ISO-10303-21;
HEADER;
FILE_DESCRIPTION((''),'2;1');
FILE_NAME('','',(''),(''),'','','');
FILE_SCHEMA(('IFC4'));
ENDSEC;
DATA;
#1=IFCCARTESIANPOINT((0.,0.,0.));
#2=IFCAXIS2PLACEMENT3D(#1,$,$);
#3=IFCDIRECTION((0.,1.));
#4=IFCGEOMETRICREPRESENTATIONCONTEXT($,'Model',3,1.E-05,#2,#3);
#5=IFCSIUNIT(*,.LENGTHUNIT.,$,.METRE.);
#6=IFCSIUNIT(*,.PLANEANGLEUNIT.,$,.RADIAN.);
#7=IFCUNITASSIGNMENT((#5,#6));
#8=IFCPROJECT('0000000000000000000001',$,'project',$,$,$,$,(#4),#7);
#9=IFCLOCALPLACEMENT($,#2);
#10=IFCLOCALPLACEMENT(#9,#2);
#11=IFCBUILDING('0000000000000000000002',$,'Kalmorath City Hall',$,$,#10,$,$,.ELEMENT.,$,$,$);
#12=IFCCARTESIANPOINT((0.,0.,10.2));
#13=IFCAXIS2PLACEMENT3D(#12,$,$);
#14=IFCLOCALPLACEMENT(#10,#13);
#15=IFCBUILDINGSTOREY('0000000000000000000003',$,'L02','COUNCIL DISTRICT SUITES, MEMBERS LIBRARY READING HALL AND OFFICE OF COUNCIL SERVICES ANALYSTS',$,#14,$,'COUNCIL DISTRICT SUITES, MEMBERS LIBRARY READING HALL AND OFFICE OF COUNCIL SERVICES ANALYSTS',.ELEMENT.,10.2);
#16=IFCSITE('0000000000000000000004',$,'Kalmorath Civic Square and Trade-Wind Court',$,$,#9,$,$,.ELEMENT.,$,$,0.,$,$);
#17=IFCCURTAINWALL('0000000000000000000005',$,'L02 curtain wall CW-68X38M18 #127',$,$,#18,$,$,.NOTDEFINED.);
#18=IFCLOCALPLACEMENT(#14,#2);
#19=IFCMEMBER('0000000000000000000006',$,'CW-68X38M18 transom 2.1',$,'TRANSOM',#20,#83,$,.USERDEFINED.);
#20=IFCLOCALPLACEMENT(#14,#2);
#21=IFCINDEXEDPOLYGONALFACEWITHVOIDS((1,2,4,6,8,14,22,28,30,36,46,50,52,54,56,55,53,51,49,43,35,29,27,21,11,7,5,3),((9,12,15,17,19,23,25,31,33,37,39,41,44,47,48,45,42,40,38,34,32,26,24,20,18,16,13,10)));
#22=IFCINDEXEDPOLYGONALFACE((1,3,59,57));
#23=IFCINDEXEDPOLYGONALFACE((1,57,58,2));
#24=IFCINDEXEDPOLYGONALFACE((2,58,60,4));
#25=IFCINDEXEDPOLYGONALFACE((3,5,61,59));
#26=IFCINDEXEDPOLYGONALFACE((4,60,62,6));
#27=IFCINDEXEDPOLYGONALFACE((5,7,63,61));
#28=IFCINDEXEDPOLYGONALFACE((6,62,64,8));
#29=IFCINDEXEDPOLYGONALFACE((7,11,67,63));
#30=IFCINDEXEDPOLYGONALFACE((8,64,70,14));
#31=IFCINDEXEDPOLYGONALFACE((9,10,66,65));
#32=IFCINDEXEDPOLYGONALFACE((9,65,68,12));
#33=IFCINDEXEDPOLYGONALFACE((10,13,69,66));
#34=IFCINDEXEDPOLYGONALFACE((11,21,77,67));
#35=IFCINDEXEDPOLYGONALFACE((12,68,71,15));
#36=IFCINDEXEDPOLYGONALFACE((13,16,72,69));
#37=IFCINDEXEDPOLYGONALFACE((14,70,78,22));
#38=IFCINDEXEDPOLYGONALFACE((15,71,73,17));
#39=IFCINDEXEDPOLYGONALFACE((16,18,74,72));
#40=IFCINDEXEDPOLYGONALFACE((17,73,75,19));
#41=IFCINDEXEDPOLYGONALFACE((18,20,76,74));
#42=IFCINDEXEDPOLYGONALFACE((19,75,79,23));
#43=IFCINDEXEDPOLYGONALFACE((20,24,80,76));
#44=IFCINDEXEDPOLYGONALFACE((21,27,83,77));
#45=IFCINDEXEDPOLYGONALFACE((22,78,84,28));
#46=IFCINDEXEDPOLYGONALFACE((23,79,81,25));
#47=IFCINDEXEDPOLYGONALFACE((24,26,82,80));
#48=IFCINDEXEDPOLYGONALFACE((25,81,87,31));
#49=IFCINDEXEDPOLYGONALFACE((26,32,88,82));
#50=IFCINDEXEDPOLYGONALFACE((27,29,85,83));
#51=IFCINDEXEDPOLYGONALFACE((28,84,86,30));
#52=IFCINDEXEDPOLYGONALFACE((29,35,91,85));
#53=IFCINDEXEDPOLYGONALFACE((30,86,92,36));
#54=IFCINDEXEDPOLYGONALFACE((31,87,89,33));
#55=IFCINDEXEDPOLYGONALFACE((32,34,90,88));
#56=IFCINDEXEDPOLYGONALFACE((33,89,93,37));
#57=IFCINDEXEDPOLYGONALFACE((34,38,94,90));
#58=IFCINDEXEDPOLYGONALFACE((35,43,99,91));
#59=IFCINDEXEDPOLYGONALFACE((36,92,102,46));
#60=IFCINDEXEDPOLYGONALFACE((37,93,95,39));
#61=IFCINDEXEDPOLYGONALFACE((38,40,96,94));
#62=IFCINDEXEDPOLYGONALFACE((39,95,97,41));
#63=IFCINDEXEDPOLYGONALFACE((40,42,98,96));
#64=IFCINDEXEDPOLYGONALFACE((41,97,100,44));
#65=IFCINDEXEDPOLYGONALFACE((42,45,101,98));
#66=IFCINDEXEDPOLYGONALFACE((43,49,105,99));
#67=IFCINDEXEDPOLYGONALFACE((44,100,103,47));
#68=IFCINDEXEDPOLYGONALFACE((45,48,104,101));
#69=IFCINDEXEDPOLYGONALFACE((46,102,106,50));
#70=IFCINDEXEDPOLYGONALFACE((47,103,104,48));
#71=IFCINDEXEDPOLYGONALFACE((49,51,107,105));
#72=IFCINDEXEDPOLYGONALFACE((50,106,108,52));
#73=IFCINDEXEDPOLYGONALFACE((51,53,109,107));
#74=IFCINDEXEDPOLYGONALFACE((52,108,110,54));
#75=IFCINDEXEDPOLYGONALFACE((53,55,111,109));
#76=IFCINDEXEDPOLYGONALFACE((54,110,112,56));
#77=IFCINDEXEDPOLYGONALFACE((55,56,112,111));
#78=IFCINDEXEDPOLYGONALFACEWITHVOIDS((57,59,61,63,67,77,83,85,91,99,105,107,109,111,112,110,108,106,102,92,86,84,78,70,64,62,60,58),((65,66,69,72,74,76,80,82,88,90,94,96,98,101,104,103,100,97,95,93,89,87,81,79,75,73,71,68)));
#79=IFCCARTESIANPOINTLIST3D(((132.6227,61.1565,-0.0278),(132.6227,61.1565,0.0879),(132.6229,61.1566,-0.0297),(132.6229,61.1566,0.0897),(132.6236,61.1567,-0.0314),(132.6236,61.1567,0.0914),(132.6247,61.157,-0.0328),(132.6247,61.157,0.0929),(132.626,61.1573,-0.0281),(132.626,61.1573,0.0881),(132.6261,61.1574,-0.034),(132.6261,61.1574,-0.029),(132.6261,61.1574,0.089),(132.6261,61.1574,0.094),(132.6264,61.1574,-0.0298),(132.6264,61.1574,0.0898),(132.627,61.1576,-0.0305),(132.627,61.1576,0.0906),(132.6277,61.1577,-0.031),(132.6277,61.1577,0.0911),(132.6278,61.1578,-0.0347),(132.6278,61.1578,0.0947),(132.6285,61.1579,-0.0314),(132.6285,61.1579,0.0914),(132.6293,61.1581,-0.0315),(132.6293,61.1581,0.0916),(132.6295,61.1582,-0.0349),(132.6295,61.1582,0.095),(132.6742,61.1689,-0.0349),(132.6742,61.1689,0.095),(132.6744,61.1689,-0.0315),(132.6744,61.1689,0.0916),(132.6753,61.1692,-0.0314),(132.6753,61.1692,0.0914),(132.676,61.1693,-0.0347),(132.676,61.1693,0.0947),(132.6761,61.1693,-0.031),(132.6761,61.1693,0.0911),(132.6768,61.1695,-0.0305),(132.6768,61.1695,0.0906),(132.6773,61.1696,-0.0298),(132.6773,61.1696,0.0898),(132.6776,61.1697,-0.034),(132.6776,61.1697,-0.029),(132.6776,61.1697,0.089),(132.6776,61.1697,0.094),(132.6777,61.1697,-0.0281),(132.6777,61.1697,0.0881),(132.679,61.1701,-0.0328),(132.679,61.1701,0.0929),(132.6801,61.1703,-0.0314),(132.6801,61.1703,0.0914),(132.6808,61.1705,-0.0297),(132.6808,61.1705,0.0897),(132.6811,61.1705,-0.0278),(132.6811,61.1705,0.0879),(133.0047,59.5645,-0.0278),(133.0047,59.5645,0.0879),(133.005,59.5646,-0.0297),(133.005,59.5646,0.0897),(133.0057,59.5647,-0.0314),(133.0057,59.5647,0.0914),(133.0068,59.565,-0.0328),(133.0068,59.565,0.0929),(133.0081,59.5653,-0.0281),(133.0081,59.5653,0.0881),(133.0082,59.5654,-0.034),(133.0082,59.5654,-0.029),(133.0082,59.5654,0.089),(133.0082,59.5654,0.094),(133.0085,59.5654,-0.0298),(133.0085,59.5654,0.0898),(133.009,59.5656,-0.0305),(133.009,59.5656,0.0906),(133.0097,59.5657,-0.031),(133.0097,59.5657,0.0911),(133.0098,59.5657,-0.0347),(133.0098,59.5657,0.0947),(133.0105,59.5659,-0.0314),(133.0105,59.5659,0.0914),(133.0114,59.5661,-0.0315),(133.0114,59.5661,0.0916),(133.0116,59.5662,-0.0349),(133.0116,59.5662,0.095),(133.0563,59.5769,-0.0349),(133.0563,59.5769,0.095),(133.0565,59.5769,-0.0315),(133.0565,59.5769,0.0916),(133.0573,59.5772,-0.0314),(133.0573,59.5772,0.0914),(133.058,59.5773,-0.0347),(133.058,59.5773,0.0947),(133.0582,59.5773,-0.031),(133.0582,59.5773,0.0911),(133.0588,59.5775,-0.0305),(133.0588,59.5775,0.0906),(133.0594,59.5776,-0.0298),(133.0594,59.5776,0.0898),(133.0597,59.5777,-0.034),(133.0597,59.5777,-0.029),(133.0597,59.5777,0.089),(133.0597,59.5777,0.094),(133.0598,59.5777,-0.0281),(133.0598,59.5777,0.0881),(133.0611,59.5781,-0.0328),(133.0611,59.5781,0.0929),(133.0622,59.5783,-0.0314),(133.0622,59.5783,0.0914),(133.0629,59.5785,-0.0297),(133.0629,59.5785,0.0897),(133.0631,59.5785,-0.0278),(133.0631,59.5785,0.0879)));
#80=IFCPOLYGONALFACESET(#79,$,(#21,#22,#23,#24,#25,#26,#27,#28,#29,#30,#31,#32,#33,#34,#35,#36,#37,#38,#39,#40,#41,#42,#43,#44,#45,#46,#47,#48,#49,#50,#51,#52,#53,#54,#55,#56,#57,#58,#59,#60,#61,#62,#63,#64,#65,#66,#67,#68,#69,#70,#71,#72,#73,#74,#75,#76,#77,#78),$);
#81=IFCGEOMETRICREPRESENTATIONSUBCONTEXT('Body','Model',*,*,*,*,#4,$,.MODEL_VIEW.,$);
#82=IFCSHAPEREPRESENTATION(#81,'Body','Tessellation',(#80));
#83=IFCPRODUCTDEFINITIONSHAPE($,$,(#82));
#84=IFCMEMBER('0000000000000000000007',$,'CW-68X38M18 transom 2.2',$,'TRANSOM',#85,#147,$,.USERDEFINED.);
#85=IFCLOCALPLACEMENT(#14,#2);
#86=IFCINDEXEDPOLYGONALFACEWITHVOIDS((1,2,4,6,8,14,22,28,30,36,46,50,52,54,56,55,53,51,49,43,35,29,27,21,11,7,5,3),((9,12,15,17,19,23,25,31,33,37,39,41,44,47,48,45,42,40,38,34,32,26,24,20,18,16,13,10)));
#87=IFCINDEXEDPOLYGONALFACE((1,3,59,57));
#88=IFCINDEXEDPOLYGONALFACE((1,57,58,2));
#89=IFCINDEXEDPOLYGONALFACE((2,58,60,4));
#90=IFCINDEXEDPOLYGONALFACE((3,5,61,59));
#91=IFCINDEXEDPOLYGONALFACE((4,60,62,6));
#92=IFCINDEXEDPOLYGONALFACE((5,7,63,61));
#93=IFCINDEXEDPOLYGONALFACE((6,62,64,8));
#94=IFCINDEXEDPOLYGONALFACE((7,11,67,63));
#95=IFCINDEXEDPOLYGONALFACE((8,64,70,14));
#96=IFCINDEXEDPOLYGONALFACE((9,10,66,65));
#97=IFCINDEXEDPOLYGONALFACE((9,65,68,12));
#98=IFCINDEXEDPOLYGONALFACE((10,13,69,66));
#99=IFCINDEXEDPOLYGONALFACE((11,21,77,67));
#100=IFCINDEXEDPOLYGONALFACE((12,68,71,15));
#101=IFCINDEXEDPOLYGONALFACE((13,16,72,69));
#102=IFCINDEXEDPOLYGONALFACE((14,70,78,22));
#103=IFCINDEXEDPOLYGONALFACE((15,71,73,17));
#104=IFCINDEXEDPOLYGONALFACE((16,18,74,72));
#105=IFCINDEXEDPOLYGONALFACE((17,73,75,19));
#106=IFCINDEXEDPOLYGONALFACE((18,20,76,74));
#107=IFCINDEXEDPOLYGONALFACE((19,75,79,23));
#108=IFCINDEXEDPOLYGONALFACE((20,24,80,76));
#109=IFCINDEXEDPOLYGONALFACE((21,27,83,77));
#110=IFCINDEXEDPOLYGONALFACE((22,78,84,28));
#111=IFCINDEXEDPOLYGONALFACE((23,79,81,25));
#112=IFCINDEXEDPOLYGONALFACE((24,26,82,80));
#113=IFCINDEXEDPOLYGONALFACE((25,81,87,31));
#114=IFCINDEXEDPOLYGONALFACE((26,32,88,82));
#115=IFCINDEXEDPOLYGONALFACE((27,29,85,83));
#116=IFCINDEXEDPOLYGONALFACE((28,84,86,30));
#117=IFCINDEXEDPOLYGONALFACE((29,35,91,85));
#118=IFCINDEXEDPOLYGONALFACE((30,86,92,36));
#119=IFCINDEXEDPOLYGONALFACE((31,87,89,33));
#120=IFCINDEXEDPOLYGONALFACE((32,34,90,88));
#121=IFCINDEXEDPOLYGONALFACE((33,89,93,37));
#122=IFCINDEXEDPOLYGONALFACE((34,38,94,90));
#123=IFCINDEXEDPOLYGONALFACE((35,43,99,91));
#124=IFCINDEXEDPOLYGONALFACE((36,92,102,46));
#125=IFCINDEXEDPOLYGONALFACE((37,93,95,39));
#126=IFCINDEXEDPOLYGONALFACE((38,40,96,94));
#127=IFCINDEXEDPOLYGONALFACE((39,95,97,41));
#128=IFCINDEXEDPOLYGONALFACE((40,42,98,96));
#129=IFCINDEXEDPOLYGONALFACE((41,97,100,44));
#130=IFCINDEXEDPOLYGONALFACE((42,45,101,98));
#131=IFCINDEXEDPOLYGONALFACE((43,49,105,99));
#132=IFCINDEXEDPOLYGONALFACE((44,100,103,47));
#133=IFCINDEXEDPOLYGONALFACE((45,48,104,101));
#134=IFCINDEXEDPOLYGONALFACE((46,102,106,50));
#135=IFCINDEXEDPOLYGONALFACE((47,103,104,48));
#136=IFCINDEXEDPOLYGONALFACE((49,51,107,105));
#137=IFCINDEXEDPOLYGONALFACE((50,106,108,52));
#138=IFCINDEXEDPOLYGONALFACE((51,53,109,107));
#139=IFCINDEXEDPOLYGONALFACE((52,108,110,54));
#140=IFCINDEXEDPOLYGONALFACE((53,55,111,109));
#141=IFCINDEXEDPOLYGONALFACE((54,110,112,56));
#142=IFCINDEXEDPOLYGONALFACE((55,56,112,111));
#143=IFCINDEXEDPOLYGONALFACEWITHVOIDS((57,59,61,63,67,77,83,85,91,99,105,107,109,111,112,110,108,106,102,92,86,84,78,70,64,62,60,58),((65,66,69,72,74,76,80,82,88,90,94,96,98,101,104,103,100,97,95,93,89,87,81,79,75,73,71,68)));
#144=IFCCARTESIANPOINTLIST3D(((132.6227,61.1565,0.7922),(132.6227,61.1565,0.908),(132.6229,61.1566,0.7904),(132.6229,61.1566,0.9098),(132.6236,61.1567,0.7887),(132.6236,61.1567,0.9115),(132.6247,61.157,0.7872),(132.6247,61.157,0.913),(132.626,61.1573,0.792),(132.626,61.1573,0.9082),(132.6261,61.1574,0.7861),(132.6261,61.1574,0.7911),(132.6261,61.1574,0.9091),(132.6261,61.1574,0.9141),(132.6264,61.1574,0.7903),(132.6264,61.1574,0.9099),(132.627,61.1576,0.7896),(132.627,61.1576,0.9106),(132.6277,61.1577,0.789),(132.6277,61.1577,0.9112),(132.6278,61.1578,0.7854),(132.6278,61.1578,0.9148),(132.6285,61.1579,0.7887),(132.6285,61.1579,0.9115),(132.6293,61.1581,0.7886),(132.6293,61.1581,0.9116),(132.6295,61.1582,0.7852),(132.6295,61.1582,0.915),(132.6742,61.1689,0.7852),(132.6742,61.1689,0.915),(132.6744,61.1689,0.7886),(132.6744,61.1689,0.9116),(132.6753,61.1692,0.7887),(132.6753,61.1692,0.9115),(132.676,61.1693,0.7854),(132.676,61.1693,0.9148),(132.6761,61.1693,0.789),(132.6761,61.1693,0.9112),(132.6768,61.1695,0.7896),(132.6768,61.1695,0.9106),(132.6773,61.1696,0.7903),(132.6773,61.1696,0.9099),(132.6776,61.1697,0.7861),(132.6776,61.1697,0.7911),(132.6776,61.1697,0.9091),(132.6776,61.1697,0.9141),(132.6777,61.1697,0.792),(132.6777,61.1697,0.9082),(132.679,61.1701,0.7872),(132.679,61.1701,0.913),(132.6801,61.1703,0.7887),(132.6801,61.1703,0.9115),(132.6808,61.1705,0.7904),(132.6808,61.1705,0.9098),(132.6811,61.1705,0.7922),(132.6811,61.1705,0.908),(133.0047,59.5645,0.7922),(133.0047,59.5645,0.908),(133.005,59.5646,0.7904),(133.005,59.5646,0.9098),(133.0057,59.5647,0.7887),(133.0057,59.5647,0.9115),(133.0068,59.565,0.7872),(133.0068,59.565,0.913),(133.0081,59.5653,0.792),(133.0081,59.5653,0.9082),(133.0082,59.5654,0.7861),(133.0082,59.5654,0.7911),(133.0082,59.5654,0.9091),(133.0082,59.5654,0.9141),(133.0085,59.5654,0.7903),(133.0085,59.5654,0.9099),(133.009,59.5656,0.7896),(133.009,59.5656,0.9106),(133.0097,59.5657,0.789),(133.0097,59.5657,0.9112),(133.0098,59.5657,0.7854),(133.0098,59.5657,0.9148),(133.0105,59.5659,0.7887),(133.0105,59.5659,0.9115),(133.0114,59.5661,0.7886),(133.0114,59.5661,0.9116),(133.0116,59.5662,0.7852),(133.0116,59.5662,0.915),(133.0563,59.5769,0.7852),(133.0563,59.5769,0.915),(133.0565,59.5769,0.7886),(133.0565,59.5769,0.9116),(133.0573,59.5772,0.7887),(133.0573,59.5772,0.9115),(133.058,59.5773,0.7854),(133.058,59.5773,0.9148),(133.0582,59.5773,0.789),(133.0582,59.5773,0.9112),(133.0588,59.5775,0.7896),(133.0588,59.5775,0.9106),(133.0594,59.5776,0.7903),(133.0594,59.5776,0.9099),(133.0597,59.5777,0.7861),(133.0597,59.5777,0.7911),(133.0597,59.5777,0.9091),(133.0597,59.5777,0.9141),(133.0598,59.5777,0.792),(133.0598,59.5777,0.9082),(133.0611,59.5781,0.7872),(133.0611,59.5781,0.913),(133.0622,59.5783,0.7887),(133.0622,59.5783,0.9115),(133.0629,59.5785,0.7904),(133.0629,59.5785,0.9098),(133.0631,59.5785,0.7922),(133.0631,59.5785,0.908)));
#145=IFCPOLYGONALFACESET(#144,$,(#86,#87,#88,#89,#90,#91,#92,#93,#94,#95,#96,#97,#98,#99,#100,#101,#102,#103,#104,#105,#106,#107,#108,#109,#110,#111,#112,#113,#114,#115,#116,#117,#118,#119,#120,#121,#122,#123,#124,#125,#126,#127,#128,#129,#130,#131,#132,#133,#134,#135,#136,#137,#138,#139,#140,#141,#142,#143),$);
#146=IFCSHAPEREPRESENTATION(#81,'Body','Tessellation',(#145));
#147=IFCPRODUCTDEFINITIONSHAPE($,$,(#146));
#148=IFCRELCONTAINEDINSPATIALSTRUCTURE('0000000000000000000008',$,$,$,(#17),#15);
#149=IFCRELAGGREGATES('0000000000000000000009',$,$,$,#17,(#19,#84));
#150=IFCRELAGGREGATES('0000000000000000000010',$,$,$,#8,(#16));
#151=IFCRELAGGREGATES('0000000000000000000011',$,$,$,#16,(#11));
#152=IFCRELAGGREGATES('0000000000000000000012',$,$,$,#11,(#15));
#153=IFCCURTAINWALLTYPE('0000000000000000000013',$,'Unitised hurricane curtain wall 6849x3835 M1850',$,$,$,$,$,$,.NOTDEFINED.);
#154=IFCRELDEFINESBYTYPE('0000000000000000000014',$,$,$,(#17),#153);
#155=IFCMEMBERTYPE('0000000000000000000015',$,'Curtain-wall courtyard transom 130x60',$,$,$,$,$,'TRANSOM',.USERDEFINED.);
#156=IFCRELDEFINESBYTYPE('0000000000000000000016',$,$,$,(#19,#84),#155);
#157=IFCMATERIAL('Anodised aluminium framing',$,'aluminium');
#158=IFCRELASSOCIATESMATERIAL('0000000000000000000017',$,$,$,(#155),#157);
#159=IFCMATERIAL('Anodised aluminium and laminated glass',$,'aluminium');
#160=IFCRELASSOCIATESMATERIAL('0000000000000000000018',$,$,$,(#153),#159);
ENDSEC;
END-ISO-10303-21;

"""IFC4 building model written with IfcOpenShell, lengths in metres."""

from ifc_helpers import new_model, si_unit, direction, frame, origin, origin_2d, place, context, subcontext, project, spatial, hollow_rectangle, extrude, material, material_profile, profile_set, type_object, element, aggregate, save


model = new_model("IFC4")

# Units and contexts
model_context = context("Model", 3, precision=1e-05, world=origin(), true_north=direction((0.0, 1.0)))
body_context = subcontext(model_context, "Body", "Model", "MODEL_VIEW")
ifc_project = project(units=[si_unit("LENGTHUNIT", "METRE"), si_unit("PLANEANGLEUNIT", "RADIAN")], contexts=[model_context])

# Site, building, storey
site_placement = place(None, origin())
site = spatial("IfcSite", under=ifc_project, at=site_placement, Name="Kalmorath Civic Square and Trade-Wind Court", CompositionType="ELEMENT", RefElevation=0.0)
building_placement = place(site_placement, origin())
building = spatial("IfcBuilding", under=site, at=building_placement, Name="Kalmorath City Hall", CompositionType="ELEMENT")
storey_placement = place(building_placement, frame((0.0, 0.0, 10.2)))
storey = spatial("IfcBuildingStorey", under=building, at=storey_placement, Name="L02", Description="COUNCIL DISTRICT SUITES, MEMBERS LIBRARY READING HALL AND OFFICE OF COUNCIL SERVICES ANALYSTS", LongName="COUNCIL DISTRICT SUITES, MEMBERS LIBRARY READING HALL AND OFFICE OF COUNCIL SERVICES ANALYSTS", CompositionType="ELEMENT", Elevation=10.2)

# Curtain wall, members
ifc_material_1 = material(Name="Anodised aluminium framing", Category="aluminium")
ifc_material_profile_1 = material_profile(ifc_material_1, hollow_rectangle(XDim=0.0601, YDim=0.1299, WallThickness=0.0034, InnerFilletRadius=0.0034, OuterFilletRadius=0.0071, at=origin_2d()), Name="ALU-TRN-130X60X3.5")
ifc_profile_set_1 = profile_set([ifc_material_profile_1], Name="Anodised aluminium framing")
member_type_1 = type_object("IfcMemberType", Name="Curtain-wall courtyard transom 130x60", ElementType="TRANSOM", PredefinedType="USERDEFINED", material=ifc_profile_set_1)
ifc_material_2 = material(Name="Anodised aluminium and laminated glass", Category="aluminium")
curtain_wall_type_1 = type_object("IfcCurtainWallType", Name="Unitised hurricane curtain wall 6849x3835 M1850", PredefinedType="NOTDEFINED", material=ifc_material_2)
curtain_wall_1_placement = place(storey_placement, origin())
curtain_wall_1 = element("IfcCurtainWall", 1, at=curtain_wall_1_placement, inside=storey, type_object=curtain_wall_type_1, Name="L02 curtain wall CW-68X38M18 #127", PredefinedType="NOTDEFINED")
member_1_placement = place(storey_placement, frame((133.0339, 59.5715, 0.03), z_axis=(-0.233367, 0.972389, 0.0), x_axis=(-0.972389, -0.233367, 0.0)))
member_1 = element("IfcMember", 2, at=member_1_placement, type_object=member_type_1, Name="CW-68X38M18 transom 2.1", ObjectType="TRANSOM", PredefinedType="USERDEFINED", context=body_context, shape_type="SweptSolid", body=[
    extrude(hollow_rectangle(XDim=0.0601, YDim=0.1299, WallThickness=0.0034, InnerFilletRadius=0.0034, OuterFilletRadius=0.0071, at=origin_2d()), origin(), (0.0, 0.0, 1.0), 1.6372),
])
member_2_placement = place(storey_placement, frame((133.0339, 59.5715, 0.8501), z_axis=(-0.233367, 0.972389, 0.0), x_axis=(-0.972389, -0.233367, 0.0)))
member_2 = element("IfcMember", 3, at=member_2_placement, type_object=member_type_1, Name="CW-68X38M18 transom 2.2", ObjectType="TRANSOM", PredefinedType="USERDEFINED", context=body_context, shape_type="SweptSolid", body=[
    extrude(hollow_rectangle(XDim=0.0601, YDim=0.1299, WallThickness=0.0034, InnerFilletRadius=0.0034, OuterFilletRadius=0.0071, at=origin_2d()), origin(), (0.0, 0.0, 1.0), 1.6372),
])

aggregate(curtain_wall_1, [member_1, member_2])

save(model, "model.ifc")
